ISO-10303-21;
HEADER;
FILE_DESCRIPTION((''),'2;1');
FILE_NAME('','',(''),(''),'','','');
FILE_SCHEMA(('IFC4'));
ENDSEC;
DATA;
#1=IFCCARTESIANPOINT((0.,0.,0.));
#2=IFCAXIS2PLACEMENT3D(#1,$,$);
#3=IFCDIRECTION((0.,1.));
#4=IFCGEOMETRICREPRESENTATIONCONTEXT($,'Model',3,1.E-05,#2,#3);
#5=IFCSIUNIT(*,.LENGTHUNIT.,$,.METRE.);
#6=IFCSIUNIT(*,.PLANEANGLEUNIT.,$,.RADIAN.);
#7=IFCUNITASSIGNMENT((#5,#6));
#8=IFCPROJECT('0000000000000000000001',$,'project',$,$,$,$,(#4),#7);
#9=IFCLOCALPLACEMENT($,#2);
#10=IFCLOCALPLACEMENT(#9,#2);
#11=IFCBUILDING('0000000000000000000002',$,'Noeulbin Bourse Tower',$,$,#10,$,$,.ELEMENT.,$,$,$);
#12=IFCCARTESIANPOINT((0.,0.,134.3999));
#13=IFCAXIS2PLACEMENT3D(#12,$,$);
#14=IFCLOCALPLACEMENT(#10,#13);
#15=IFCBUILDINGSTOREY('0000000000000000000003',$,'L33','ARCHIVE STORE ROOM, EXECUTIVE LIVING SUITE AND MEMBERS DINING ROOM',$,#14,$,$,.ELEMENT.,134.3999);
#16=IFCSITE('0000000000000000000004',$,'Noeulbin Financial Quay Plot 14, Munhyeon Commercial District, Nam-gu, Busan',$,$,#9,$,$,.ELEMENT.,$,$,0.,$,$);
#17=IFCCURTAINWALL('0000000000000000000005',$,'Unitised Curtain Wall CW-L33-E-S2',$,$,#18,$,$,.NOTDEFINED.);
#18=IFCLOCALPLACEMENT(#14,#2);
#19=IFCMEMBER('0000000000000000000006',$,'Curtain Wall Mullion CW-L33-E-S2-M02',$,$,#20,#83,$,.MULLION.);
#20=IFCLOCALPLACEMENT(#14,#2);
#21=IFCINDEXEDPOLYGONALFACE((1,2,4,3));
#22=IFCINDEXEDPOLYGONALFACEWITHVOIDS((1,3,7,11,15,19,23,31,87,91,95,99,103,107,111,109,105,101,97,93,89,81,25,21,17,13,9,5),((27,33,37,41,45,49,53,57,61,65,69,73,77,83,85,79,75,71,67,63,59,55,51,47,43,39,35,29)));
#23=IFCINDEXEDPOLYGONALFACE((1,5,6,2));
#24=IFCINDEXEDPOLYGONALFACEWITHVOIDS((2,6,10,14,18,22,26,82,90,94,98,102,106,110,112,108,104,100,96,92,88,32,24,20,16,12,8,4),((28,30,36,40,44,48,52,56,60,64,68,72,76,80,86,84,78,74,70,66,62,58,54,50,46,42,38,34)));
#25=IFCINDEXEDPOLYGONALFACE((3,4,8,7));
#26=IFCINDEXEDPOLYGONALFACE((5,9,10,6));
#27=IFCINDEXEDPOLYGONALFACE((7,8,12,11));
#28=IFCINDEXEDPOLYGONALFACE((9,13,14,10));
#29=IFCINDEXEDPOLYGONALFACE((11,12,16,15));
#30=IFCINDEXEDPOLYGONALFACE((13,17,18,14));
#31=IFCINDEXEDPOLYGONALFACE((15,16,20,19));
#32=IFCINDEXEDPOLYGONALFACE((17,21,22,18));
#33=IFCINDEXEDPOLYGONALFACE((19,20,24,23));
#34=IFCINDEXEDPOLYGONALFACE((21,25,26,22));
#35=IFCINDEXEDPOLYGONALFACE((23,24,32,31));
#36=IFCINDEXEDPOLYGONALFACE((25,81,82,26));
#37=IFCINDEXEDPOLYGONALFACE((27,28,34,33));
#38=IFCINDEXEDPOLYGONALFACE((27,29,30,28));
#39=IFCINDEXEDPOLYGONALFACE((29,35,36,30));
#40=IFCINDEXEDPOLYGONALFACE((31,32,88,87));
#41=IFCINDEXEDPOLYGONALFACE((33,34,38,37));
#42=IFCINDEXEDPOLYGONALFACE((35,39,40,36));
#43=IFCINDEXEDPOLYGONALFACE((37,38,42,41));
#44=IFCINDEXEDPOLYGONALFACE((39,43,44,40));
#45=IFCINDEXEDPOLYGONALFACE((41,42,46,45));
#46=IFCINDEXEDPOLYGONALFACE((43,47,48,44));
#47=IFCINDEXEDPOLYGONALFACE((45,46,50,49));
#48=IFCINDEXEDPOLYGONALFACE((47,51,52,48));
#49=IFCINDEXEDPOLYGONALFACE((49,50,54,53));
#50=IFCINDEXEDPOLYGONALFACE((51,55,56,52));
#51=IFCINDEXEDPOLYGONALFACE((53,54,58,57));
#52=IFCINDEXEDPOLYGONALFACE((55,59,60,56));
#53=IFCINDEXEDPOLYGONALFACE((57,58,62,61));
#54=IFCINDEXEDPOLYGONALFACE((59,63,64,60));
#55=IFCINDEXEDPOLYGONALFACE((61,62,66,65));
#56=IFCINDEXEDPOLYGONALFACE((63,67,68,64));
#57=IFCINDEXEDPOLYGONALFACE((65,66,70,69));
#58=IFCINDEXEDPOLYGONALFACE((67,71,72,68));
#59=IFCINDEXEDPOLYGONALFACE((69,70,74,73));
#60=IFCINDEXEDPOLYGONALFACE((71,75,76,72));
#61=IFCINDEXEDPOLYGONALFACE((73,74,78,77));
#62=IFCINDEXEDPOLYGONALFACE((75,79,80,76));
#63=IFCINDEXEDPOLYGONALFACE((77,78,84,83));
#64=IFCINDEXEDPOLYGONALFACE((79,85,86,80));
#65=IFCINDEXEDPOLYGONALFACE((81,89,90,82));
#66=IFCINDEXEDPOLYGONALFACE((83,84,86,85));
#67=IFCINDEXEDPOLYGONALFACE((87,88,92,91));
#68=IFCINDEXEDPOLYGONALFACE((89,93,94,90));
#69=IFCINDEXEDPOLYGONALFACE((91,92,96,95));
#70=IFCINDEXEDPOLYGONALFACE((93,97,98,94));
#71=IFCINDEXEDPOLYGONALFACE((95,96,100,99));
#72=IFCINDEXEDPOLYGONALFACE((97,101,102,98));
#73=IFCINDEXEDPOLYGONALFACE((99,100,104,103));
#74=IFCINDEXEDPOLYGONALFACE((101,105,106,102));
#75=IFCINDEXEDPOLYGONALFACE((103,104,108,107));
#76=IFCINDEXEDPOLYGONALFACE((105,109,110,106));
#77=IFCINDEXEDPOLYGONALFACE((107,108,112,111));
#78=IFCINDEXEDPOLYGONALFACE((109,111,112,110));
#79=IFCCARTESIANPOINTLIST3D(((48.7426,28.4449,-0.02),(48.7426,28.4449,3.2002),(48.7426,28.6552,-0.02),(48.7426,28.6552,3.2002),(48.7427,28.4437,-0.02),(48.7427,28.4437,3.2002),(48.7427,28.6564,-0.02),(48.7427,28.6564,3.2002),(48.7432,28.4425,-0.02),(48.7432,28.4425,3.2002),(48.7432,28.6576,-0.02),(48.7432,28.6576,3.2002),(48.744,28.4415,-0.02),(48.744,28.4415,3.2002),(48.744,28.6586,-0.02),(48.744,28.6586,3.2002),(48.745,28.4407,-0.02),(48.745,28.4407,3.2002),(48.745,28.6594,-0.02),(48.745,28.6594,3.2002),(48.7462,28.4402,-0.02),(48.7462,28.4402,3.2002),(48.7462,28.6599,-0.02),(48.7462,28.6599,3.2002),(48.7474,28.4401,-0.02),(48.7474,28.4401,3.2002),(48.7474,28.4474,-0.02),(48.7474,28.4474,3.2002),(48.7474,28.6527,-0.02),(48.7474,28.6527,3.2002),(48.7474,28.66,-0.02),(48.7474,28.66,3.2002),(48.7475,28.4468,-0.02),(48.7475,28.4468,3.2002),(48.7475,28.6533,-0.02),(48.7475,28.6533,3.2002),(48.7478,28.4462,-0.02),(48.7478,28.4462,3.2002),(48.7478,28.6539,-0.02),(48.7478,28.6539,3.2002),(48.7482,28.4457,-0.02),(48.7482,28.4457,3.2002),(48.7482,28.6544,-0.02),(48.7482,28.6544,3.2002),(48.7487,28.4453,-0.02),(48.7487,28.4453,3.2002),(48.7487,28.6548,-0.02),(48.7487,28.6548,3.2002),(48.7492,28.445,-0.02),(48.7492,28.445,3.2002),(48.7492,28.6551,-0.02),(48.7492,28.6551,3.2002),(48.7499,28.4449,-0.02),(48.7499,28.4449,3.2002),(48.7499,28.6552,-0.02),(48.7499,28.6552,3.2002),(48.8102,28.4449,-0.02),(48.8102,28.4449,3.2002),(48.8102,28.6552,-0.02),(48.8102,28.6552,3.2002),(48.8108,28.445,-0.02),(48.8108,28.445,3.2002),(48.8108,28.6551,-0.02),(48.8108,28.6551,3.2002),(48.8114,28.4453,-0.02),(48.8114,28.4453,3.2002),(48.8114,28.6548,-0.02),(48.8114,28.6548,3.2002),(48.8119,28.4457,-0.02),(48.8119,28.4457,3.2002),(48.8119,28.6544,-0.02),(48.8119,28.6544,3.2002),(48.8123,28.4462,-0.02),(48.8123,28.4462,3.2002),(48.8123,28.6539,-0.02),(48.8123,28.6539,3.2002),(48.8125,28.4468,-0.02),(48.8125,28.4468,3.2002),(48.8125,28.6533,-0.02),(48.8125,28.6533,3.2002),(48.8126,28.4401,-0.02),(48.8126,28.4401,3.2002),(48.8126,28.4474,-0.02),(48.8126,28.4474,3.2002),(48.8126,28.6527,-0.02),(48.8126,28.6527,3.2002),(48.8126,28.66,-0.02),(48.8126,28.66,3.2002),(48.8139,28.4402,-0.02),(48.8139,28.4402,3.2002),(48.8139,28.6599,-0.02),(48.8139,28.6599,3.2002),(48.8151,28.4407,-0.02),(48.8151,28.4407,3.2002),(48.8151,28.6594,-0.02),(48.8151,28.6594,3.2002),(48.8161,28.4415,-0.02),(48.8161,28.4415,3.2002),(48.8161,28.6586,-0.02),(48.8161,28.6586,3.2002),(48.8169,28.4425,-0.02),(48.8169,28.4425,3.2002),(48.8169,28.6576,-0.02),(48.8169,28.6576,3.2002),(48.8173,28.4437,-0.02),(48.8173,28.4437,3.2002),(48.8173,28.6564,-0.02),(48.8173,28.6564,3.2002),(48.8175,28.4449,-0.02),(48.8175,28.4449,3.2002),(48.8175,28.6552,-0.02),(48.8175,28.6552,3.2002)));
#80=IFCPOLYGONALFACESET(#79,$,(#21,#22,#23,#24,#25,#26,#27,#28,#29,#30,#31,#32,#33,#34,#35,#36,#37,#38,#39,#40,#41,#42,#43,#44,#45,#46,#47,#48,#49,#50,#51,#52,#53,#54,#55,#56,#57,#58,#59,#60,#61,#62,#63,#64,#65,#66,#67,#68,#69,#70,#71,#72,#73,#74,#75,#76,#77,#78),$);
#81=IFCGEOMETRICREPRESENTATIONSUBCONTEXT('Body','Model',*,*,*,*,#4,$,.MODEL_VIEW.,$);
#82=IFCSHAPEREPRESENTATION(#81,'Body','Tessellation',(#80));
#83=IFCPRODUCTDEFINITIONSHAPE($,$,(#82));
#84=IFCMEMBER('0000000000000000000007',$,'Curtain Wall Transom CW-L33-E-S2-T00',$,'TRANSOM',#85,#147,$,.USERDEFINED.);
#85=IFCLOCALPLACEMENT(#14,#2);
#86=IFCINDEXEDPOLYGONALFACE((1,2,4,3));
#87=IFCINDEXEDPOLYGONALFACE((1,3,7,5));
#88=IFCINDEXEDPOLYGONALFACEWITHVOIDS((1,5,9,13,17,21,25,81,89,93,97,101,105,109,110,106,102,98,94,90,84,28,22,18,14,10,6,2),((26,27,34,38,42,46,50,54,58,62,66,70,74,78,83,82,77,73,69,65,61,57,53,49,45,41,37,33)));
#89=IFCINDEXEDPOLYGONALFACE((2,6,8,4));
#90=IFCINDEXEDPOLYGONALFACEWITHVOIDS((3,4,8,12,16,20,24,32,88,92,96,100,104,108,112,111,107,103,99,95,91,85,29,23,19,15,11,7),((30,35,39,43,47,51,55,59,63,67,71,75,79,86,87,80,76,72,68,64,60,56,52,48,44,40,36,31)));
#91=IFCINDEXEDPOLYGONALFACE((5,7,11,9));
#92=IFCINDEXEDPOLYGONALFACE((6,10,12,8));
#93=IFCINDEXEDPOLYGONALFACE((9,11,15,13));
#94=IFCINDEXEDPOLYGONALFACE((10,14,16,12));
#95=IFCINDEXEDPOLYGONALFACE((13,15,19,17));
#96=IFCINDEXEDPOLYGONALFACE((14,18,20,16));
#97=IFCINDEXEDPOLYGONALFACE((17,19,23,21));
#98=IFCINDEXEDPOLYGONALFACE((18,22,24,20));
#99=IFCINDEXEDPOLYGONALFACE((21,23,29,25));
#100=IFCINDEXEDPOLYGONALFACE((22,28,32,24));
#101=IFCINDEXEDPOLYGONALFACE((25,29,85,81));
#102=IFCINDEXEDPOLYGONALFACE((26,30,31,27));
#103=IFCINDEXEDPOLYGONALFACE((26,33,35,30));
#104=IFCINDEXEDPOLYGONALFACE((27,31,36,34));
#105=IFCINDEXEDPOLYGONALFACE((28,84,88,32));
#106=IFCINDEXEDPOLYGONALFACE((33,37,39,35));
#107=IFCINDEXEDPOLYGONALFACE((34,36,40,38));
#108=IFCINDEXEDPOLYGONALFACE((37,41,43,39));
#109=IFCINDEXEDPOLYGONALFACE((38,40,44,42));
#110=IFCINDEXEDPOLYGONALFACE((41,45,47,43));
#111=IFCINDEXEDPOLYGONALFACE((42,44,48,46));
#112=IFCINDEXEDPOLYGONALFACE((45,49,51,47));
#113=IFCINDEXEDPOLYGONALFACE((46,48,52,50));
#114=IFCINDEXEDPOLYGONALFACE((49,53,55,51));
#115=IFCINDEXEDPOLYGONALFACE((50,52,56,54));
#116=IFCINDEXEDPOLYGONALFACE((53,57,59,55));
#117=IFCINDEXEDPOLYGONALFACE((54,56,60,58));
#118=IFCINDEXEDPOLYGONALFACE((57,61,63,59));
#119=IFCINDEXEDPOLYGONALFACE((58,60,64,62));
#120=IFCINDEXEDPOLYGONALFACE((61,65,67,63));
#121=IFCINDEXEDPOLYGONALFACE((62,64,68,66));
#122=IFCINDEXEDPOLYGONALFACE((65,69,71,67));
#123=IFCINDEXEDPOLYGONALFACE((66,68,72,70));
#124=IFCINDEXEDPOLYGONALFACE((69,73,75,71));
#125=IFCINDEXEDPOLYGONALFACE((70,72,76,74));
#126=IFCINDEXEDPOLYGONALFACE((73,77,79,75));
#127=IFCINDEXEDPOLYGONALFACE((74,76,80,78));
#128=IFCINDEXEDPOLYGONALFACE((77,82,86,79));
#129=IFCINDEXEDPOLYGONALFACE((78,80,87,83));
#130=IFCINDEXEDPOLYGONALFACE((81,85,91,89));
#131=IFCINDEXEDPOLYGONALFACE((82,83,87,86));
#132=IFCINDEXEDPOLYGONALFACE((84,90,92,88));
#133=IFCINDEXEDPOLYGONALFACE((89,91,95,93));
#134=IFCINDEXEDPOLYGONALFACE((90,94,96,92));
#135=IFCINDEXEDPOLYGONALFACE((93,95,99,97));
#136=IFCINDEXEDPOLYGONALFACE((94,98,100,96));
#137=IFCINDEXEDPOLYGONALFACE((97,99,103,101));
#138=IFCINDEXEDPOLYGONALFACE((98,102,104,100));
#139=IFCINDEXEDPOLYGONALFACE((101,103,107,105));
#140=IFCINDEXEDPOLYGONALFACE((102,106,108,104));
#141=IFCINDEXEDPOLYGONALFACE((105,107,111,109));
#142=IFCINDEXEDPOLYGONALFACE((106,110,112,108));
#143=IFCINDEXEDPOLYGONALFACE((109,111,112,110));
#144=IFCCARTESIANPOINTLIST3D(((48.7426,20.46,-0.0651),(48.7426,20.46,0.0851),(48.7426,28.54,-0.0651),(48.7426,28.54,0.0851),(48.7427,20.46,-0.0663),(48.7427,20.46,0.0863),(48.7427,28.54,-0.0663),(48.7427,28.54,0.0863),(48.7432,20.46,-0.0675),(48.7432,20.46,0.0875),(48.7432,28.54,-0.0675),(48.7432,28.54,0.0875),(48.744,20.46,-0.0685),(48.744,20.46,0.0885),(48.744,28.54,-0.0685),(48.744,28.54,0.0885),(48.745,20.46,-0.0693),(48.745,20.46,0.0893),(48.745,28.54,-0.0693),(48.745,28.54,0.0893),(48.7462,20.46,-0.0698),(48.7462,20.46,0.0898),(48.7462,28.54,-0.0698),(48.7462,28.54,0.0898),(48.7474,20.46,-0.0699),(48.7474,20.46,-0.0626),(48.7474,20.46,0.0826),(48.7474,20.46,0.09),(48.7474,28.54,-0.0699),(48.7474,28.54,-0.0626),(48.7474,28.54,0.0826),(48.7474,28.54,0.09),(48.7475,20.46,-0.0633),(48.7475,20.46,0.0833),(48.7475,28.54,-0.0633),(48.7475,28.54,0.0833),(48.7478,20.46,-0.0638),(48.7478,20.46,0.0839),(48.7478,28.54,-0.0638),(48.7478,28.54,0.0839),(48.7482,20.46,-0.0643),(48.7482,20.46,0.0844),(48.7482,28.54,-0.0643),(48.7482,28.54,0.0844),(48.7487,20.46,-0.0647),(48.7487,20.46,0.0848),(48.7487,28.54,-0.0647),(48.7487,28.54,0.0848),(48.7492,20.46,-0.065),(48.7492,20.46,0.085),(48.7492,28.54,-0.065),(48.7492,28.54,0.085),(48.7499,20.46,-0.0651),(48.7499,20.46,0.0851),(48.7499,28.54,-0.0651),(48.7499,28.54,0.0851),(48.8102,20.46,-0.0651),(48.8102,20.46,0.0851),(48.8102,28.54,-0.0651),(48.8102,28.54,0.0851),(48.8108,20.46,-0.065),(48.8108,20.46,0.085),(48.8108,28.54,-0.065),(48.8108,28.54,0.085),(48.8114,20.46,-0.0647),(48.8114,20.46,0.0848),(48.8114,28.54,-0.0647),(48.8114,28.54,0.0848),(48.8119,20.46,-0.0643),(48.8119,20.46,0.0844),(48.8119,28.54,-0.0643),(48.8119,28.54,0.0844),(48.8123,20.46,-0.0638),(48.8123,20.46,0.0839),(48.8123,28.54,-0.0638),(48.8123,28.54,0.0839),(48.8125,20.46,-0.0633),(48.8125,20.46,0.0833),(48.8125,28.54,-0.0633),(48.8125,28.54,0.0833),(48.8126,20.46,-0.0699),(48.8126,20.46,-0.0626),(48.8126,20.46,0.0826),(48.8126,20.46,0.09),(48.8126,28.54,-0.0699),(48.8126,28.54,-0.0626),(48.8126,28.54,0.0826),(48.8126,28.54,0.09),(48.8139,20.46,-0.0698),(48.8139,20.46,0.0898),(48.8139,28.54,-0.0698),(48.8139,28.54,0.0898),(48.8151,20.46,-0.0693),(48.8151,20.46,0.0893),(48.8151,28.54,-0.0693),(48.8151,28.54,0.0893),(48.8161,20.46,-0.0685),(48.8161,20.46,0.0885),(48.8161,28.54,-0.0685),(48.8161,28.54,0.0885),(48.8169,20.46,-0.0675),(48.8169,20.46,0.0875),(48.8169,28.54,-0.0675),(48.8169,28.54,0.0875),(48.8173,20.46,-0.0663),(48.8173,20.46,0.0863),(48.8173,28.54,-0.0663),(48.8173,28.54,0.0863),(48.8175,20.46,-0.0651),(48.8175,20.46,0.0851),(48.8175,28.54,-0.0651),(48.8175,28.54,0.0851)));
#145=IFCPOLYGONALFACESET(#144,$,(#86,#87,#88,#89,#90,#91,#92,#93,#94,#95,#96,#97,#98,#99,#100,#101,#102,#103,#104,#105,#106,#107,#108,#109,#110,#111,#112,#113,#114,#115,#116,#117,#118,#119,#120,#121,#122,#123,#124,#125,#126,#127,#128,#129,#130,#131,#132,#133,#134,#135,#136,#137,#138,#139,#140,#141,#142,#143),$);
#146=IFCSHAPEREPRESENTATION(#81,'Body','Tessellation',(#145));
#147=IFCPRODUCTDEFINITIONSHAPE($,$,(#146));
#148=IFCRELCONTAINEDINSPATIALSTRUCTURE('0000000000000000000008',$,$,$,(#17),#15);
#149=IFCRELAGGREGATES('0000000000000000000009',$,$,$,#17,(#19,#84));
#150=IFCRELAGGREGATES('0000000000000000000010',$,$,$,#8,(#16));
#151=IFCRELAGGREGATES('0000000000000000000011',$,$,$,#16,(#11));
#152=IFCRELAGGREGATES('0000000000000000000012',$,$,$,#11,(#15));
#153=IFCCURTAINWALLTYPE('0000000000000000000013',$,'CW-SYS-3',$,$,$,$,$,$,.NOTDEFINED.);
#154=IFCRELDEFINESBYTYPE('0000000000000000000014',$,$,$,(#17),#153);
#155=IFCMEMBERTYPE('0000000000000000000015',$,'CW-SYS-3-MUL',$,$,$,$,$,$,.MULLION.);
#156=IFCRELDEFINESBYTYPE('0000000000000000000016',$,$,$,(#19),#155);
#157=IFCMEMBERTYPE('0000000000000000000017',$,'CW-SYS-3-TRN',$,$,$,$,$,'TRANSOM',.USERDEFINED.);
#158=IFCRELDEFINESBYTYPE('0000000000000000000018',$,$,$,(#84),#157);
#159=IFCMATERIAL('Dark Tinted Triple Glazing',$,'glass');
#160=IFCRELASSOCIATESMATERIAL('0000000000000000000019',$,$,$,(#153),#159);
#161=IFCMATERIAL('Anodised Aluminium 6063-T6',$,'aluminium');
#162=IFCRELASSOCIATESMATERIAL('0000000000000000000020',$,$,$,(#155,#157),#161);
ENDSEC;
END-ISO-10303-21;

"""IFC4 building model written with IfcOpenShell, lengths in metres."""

from ifc_helpers import new_model, si_unit, direction, frame, origin, origin_2d, place, context, subcontext, project, spatial, hollow_rectangle, extrude, material, material_profile, profile_set, type_object, element, aggregate, save


model = new_model("IFC4")

# Units and contexts
model_context = context("Model", 3, precision=1e-05, world=origin(), true_north=direction((0.0, 1.0)))
body_context = subcontext(model_context, "Body", "Model", "MODEL_VIEW")
ifc_project = project(units=[si_unit("LENGTHUNIT", "METRE"), si_unit("PLANEANGLEUNIT", "RADIAN")], contexts=[model_context])

# Site, building, storey
site_placement = place(None, origin())
site = spatial("IfcSite", under=ifc_project, at=site_placement, Name="Noeulbin Financial Quay Plot 14, Munhyeon Commercial District, Nam-gu, Busan", CompositionType="ELEMENT", RefElevation=0.0)
building_placement = place(site_placement, origin())
building = spatial("IfcBuilding", under=site, at=building_placement, Name="Noeulbin Bourse Tower", CompositionType="ELEMENT")
storey_placement = place(building_placement, frame((0.0, 0.0, 134.3999)))
storey = spatial("IfcBuildingStorey", under=building, at=storey_placement, Name="L33", Description="ARCHIVE STORE ROOM, EXECUTIVE LIVING SUITE AND MEMBERS DINING ROOM", CompositionType="ELEMENT", Elevation=134.3999)

# Curtain wall, members
ifc_material_1 = material(Name="Dark Tinted Triple Glazing", Category="glass")
curtain_wall_type = type_object("IfcCurtainWallType", Name="CW-SYS-3", PredefinedType="NOTDEFINED", material=ifc_material_1)
curtain_wall_placement = place(storey_placement, origin())
curtain_wall = element("IfcCurtainWall", 1, at=curtain_wall_placement, inside=storey, type_object=curtain_wall_type, Name="Unitised Curtain Wall CW-L33-E-S2", PredefinedType="NOTDEFINED")
ifc_material_2 = material(Name="Anodised Aluminium 6063-T6", Category="aluminium")
ifc_material_profile_1 = material_profile(ifc_material_2, hollow_rectangle(XDim=0.075, YDim=0.22, WallThickness=0.0049, InnerFilletRadius=0.0024, OuterFilletRadius=0.0049, at=origin_2d()), Name="ALU-MULL-75x220x5", Category="LoadBearing")
ifc_profile_set_1 = profile_set([ifc_material_profile_1], Name="Anodised Aluminium 6063-T6")
member_type_1 = type_object("IfcMemberType", Name="CW-SYS-3-MUL", PredefinedType="MULLION", material=ifc_profile_set_1)
member_1_placement = place(storey_placement, frame((48.78, 28.55, -0.02), z_axis=(0.0, 0.0, 1.0), x_axis=(1.0, 0.0, 0.0)))
member_1 = element("IfcMember", 2, at=member_1_placement, type_object=member_type_1, Name="Curtain Wall Mullion CW-L33-E-S2-M02", PredefinedType="MULLION", context=body_context, shape_type="SweptSolid", body=[
    extrude(hollow_rectangle(XDim=0.075, YDim=0.22, WallThickness=0.0049, InnerFilletRadius=0.0024, OuterFilletRadius=0.0049, at=origin_2d()), origin(), (0.0, 0.0, 1.0), 3.2202),
])
ifc_material_profile_2 = material_profile(ifc_material_2, hollow_rectangle(XDim=0.075, YDim=0.1599, WallThickness=0.0049, InnerFilletRadius=0.0024, OuterFilletRadius=0.0049, at=origin_2d()), Name="ALU-TRAN-75x160x5", Category="LoadBearing")
ifc_profile_set_2 = profile_set([ifc_material_profile_2], Name="Anodised Aluminium 6063-T6")
member_type_2 = type_object("IfcMemberType", Name="CW-SYS-3-TRN", ElementType="TRANSOM", PredefinedType="USERDEFINED", material=ifc_profile_set_2)
member_2_placement = place(storey_placement, frame((48.78, 20.46, 0.01), z_axis=(0.0, 1.0, 0.0), x_axis=(-1.0, 0.0, 0.0)))
member_2 = element("IfcMember", 3, at=member_2_placement, type_object=member_type_2, Name="Curtain Wall Transom CW-L33-E-S2-T00", ObjectType="TRANSOM", PredefinedType="USERDEFINED", context=body_context, shape_type="SweptSolid", body=[
    extrude(hollow_rectangle(XDim=0.075, YDim=0.1599, WallThickness=0.0049, InnerFilletRadius=0.0024, OuterFilletRadius=0.0049, at=origin_2d()), origin(), (0.0, 0.0, 1.0), 8.0801),
])
aggregate(curtain_wall, [member_1, member_2])

save(model, "model.ifc")
